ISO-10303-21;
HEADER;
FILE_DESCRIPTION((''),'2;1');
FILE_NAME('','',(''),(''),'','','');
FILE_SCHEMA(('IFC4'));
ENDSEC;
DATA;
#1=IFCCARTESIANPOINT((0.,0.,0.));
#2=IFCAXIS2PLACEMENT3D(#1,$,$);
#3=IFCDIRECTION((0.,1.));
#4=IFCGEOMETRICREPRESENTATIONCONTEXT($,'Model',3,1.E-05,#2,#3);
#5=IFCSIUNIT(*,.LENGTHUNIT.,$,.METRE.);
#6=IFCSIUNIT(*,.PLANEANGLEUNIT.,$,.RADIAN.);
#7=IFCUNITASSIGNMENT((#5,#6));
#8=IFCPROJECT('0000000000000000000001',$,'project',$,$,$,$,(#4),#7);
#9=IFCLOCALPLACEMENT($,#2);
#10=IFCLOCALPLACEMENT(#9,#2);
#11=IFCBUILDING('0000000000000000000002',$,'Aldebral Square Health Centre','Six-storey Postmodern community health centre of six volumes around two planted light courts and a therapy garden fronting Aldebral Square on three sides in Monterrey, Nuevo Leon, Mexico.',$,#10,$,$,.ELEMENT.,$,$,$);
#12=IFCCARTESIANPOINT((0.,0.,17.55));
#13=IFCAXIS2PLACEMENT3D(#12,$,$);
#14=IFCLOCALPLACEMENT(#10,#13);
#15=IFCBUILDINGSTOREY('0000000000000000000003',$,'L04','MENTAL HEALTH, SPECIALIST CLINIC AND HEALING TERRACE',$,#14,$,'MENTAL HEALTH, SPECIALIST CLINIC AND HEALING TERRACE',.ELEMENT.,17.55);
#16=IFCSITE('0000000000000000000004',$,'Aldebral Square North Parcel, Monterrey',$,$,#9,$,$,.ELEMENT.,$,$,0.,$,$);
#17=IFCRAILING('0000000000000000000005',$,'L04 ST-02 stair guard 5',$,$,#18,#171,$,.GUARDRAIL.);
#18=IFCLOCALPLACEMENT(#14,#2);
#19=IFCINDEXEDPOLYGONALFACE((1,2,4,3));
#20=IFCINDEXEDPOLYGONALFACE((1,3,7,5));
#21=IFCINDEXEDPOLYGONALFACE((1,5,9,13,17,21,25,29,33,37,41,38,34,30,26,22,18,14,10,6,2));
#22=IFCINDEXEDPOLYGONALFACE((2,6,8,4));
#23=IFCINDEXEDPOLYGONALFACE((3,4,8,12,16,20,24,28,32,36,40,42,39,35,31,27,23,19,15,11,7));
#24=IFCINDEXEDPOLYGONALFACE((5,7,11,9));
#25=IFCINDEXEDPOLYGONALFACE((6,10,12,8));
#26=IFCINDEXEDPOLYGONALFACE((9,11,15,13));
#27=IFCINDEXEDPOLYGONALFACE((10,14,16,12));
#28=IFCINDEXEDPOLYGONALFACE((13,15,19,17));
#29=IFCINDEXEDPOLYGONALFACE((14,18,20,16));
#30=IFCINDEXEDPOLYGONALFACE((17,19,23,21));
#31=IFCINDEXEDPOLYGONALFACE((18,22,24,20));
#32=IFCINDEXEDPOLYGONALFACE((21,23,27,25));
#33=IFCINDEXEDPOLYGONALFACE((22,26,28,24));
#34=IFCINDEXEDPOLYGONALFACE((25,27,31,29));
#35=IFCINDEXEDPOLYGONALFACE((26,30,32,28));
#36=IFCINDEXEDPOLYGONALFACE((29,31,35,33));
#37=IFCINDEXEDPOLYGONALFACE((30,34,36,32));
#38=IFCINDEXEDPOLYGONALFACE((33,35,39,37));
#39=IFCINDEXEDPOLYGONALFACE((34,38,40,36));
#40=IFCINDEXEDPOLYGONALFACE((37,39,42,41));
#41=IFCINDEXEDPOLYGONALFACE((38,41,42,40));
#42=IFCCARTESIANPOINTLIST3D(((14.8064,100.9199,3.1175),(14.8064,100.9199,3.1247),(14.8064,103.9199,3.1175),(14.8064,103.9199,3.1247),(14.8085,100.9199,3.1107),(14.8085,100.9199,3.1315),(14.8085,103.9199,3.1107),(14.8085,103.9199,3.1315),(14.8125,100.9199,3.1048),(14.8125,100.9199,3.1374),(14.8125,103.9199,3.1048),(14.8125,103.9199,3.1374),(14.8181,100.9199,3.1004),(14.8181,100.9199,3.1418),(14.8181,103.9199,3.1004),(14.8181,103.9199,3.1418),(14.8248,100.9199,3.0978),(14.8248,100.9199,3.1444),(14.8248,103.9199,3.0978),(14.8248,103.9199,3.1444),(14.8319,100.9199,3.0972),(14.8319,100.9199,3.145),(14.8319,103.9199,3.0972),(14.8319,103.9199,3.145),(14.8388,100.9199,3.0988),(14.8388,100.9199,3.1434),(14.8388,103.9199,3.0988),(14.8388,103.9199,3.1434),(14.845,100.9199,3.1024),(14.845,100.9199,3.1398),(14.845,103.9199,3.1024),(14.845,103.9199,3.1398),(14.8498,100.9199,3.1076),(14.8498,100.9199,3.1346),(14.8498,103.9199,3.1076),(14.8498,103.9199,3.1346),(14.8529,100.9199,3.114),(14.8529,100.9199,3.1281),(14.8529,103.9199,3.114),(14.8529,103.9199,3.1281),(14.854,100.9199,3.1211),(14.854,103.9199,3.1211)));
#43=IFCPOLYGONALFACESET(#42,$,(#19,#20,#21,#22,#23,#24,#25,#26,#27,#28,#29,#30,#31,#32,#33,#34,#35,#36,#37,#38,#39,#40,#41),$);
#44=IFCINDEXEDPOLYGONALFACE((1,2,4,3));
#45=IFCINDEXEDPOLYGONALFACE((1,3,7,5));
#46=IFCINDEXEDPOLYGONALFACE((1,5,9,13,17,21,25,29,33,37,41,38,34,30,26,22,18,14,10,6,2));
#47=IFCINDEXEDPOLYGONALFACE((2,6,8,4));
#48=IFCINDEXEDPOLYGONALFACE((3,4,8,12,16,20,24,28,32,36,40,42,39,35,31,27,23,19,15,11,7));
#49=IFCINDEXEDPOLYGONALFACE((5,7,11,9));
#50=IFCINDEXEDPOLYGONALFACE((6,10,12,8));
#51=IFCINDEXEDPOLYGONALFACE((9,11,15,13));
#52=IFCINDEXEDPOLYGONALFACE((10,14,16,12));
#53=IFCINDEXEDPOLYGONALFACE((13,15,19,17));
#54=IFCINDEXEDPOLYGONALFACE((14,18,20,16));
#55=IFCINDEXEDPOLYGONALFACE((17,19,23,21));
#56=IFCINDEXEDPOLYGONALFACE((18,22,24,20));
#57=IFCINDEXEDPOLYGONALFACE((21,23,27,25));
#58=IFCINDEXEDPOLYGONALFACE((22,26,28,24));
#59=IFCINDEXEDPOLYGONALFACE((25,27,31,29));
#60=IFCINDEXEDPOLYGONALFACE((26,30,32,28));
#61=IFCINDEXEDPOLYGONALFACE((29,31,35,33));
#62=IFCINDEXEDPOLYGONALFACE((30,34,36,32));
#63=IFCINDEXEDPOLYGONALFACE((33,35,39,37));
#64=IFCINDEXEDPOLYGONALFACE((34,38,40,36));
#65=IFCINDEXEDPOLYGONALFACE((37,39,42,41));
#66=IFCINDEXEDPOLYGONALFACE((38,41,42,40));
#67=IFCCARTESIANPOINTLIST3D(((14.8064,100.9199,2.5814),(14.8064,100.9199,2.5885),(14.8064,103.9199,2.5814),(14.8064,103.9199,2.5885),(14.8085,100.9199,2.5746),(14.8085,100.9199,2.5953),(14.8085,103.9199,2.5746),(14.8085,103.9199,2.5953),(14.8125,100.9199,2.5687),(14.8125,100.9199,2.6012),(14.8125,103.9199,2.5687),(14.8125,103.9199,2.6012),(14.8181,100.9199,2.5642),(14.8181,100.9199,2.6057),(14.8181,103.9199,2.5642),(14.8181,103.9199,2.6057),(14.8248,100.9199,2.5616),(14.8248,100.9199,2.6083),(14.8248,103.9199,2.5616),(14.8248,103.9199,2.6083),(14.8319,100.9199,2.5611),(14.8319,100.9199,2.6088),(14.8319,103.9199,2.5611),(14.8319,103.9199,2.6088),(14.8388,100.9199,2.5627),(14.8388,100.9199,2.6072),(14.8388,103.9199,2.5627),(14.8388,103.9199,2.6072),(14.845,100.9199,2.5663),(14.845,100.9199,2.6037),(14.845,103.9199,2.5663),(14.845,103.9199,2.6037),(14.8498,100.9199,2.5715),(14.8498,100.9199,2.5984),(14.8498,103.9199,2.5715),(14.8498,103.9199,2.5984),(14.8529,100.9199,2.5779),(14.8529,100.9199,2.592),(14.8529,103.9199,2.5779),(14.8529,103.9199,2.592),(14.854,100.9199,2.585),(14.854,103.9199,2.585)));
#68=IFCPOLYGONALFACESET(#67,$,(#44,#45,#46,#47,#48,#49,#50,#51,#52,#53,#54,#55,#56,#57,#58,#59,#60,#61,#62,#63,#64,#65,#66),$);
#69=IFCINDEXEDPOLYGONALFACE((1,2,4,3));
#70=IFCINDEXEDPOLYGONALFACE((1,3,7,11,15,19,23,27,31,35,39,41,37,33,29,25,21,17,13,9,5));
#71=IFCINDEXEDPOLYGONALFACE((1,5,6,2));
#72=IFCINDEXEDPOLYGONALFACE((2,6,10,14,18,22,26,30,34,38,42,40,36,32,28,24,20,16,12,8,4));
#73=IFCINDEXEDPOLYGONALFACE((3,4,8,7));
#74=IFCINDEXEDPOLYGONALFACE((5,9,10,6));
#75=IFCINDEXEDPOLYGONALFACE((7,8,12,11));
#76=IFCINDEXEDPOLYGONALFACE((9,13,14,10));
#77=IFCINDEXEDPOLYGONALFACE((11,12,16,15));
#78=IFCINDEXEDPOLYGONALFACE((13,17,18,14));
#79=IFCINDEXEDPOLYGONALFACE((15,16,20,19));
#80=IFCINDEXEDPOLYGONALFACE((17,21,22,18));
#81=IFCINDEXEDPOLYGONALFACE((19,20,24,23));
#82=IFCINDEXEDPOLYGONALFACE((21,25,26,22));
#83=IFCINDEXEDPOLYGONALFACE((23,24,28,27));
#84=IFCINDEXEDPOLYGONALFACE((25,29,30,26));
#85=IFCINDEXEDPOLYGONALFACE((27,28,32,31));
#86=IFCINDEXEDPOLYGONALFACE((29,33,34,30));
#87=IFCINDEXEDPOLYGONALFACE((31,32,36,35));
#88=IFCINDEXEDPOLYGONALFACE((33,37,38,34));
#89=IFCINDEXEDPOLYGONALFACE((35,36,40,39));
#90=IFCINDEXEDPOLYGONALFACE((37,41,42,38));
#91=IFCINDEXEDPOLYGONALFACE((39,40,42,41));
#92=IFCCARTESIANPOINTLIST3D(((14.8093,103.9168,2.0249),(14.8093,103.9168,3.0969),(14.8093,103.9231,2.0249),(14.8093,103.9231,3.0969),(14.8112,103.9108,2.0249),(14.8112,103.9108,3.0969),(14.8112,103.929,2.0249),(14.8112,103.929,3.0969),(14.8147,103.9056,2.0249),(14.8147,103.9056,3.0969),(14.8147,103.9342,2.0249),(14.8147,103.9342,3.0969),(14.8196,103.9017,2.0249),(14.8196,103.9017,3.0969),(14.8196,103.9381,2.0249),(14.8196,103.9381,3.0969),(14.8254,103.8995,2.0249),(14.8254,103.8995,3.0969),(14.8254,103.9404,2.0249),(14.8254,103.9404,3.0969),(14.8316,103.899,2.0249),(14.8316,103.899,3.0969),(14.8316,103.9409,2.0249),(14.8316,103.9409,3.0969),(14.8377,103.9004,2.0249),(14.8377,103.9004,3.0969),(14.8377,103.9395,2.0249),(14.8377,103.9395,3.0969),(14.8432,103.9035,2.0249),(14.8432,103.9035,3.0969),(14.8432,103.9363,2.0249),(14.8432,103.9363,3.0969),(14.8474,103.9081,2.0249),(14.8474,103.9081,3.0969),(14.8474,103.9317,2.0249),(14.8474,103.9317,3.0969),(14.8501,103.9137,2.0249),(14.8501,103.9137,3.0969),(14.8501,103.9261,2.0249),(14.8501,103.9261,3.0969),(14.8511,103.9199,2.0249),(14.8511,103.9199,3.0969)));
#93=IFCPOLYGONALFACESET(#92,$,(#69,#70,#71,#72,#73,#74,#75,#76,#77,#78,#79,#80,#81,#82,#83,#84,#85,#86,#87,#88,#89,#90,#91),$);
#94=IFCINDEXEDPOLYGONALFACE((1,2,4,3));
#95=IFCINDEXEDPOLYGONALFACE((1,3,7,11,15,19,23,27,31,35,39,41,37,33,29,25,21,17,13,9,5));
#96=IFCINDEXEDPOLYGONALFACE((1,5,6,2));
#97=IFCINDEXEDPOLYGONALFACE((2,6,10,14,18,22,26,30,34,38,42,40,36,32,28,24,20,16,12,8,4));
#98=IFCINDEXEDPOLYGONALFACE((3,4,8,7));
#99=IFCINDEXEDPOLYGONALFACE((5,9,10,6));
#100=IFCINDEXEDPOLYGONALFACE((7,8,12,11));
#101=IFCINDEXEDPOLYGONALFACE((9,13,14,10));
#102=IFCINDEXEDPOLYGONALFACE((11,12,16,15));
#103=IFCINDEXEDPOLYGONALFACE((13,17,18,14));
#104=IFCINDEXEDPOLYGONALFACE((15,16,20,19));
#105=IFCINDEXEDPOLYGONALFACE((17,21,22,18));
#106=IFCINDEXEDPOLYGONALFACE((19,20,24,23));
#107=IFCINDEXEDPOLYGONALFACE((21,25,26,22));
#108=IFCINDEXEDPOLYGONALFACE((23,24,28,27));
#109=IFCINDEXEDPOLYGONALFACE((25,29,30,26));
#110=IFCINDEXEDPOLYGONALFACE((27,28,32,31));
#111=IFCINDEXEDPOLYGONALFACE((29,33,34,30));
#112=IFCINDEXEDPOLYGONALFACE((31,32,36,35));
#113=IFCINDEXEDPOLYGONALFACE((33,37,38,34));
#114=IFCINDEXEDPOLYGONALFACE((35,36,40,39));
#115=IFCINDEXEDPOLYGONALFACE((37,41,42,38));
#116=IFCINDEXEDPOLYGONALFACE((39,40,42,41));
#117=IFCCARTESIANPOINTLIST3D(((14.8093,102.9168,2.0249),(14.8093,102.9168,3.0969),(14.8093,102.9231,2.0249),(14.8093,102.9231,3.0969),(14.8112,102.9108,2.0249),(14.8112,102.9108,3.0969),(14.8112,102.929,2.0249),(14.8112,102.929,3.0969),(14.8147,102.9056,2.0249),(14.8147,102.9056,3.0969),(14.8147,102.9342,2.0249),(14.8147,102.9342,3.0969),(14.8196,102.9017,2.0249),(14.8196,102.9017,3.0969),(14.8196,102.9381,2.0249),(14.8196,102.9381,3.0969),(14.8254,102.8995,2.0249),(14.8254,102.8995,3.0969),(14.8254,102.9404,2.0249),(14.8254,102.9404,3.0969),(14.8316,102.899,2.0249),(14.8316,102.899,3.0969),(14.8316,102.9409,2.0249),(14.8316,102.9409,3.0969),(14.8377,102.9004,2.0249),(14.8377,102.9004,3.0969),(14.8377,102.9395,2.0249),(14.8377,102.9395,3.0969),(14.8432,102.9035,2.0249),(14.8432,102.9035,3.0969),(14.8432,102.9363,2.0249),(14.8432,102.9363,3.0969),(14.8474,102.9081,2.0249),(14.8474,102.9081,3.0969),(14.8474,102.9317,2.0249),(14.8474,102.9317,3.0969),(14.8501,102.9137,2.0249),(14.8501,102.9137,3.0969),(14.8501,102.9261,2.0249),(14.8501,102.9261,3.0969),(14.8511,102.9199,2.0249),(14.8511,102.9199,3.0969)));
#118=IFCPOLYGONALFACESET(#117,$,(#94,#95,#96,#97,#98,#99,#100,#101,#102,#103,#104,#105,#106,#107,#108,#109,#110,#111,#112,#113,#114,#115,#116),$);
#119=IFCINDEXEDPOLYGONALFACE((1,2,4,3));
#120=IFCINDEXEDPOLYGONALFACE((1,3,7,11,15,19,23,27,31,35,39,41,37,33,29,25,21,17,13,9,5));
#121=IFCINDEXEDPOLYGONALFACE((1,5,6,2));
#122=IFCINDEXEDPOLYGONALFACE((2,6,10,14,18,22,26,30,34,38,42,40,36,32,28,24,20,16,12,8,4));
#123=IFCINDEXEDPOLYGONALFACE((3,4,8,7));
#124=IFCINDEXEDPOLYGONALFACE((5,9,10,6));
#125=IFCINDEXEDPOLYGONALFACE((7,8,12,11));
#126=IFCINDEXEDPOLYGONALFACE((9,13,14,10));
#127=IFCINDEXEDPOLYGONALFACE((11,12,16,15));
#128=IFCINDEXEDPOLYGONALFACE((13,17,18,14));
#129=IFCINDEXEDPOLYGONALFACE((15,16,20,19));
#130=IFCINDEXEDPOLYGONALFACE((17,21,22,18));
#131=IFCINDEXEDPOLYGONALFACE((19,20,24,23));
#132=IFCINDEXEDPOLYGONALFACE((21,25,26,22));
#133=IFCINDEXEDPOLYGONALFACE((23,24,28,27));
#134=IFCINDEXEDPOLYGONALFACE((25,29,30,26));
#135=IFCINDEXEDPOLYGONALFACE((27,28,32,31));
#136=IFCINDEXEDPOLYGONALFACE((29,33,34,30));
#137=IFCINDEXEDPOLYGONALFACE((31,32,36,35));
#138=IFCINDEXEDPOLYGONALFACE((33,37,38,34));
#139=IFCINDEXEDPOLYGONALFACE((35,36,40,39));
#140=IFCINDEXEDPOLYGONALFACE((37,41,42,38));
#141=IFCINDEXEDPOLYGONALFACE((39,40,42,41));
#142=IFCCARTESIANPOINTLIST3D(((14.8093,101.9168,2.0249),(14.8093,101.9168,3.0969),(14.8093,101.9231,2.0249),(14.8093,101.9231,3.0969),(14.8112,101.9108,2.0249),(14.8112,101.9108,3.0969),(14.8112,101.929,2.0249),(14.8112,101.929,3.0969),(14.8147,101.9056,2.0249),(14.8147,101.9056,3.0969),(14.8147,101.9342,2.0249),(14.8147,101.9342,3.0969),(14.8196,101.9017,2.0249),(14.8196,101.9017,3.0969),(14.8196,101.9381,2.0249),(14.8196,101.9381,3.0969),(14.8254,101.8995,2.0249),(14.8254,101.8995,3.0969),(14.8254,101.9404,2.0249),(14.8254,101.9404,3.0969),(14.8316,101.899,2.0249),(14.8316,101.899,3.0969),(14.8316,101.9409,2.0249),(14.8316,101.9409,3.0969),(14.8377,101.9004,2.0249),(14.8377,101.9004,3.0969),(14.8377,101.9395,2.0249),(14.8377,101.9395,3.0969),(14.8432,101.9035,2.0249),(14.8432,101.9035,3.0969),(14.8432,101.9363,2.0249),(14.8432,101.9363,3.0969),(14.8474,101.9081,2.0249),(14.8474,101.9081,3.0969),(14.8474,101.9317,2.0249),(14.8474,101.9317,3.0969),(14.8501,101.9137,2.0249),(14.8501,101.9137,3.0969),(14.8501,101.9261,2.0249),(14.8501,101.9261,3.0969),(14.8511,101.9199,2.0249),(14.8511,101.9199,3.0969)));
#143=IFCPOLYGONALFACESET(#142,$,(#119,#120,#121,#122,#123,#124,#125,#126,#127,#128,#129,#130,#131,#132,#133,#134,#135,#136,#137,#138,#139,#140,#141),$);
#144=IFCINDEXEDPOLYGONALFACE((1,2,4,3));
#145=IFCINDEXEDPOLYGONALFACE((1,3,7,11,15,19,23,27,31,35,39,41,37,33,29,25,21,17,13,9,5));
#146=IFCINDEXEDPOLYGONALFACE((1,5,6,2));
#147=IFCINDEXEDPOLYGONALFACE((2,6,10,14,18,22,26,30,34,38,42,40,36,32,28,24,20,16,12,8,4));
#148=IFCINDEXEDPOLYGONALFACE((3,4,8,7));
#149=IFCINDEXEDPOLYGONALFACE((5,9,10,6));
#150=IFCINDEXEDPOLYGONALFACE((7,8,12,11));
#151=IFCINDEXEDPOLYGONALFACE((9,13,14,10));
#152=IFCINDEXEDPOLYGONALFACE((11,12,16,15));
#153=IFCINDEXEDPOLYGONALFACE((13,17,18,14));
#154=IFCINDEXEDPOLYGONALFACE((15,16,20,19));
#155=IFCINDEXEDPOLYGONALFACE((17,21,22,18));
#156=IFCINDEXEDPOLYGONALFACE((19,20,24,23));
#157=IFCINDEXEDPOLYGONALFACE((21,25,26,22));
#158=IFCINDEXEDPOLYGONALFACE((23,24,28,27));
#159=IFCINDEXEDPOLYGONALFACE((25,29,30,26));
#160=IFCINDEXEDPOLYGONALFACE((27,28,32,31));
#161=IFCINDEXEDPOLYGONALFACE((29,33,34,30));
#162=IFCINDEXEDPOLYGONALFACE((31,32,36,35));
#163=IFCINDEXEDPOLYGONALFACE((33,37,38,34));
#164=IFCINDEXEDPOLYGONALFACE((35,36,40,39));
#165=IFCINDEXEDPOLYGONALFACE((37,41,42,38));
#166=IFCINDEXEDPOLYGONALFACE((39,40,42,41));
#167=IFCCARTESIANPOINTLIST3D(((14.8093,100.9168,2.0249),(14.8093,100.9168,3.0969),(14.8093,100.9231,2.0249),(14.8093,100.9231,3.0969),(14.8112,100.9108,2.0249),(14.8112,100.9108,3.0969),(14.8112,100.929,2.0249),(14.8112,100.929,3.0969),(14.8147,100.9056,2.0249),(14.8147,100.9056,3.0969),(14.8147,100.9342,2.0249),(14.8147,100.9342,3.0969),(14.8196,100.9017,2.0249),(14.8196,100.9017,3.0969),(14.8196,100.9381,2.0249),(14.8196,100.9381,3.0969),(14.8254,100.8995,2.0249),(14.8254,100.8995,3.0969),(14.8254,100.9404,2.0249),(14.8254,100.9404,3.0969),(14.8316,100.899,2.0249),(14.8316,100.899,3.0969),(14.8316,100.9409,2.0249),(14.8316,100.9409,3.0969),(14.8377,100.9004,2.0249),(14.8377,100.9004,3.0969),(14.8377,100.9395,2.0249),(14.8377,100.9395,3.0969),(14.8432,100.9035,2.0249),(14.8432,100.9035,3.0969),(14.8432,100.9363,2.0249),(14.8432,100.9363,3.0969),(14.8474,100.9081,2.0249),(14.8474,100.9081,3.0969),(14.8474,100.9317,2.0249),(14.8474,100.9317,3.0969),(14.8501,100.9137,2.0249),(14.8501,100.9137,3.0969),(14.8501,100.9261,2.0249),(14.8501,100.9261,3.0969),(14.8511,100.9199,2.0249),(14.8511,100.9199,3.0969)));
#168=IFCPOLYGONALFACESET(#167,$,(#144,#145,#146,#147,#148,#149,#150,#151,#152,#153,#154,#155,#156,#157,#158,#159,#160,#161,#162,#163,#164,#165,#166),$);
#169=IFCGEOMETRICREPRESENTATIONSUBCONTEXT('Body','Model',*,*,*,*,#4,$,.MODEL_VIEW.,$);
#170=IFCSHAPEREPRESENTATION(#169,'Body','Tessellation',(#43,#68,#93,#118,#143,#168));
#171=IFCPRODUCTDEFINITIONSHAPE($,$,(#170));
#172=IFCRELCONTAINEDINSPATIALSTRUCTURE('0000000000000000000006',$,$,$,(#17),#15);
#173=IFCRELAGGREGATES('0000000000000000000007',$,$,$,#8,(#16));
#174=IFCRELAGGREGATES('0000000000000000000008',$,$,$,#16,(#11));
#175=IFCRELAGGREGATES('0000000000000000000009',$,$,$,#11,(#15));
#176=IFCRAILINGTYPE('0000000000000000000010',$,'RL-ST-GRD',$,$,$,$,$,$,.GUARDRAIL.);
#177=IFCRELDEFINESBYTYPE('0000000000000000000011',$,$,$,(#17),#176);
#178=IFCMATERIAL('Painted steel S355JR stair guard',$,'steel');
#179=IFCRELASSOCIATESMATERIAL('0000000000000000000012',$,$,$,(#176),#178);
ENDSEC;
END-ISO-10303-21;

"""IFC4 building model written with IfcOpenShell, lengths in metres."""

from ifc_helpers import new_model, si_unit, direction, frame, origin, origin_2d, place, context, subcontext, project, spatial, circle, extrude, material, type_object, element, save


model = new_model("IFC4")

# Units and contexts
model_context = context("Model", 3, precision=1e-05, world=origin(), true_north=direction((0.0, 1.0)))
body_context = subcontext(model_context, "Body", "Model", "MODEL_VIEW")
ifc_project = project(units=[si_unit("LENGTHUNIT", "METRE"), si_unit("PLANEANGLEUNIT", "RADIAN")], contexts=[model_context])

# Site, building, storey
site_placement = place(None, origin())
site = spatial("IfcSite", under=ifc_project, at=site_placement, Name="Aldebral Square North Parcel, Monterrey", CompositionType="ELEMENT", RefElevation=0.0)
building_placement = place(site_placement, origin())
building = spatial("IfcBuilding", under=site, at=building_placement, Name="Aldebral Square Health Centre", Description="Six-storey Postmodern community health centre of six volumes around two planted light courts and a therapy garden fronting Aldebral Square on three sides in Monterrey, Nuevo Leon, Mexico.", CompositionType="ELEMENT")
storey_placement = place(building_placement, frame((0.0, 0.0, 17.55)))
storey = spatial("IfcBuildingStorey", under=building, at=storey_placement, Name="L04", Description="MENTAL HEALTH, SPECIALIST CLINIC AND HEALING TERRACE", LongName="MENTAL HEALTH, SPECIALIST CLINIC AND HEALING TERRACE", CompositionType="ELEMENT", Elevation=17.55)

# Railing
ifc_material_1 = material(Name="Painted steel S355JR stair guard", Category="steel")
railing_type_1 = type_object("IfcRailingType", Name="RL-ST-GRD", PredefinedType="GUARDRAIL", material=ifc_material_1)
railing_1_placement = place(storey_placement, frame((14.8301, 103.9199, 2.0249)))
element("IfcRailing", 1, at=railing_1_placement, inside=storey, type_object=railing_type_1, Name="L04 ST-02 stair guard 5", PredefinedType="GUARDRAIL", context=body_context, shape_type="SweptSolid", body=[
    extrude(circle(Radius=0.0239, at=origin_2d()), frame((0.0, 0.0, 1.0962), z_axis=(0.0, -1.0, 0.0), x_axis=(1.0, 0.0, 0.0)), (0.0, 0.0, 1.0), 3.0),
    extrude(circle(Radius=0.0239, at=origin_2d()), frame((0.0, 0.0, 0.5601), z_axis=(0.0, -1.0, 0.0), x_axis=(1.0, 0.0, 0.0)), (0.0, 0.0, 1.0), 3.0),
    extrude(circle(Radius=0.021, at=origin_2d()), origin(), (0.0, 0.0, 1.0), 1.072),
    extrude(circle(Radius=0.021, at=origin_2d()), frame((0.0, -1.0, 0.0)), (0.0, 0.0, 1.0), 1.072),
    extrude(circle(Radius=0.021, at=origin_2d()), frame((0.0, -2.0, 0.0)), (0.0, 0.0, 1.0), 1.072),
    extrude(circle(Radius=0.021, at=origin_2d()), frame((0.0, -3.0, 0.0)), (0.0, 0.0, 1.0), 1.072),
])

save(model, "model.ifc")
